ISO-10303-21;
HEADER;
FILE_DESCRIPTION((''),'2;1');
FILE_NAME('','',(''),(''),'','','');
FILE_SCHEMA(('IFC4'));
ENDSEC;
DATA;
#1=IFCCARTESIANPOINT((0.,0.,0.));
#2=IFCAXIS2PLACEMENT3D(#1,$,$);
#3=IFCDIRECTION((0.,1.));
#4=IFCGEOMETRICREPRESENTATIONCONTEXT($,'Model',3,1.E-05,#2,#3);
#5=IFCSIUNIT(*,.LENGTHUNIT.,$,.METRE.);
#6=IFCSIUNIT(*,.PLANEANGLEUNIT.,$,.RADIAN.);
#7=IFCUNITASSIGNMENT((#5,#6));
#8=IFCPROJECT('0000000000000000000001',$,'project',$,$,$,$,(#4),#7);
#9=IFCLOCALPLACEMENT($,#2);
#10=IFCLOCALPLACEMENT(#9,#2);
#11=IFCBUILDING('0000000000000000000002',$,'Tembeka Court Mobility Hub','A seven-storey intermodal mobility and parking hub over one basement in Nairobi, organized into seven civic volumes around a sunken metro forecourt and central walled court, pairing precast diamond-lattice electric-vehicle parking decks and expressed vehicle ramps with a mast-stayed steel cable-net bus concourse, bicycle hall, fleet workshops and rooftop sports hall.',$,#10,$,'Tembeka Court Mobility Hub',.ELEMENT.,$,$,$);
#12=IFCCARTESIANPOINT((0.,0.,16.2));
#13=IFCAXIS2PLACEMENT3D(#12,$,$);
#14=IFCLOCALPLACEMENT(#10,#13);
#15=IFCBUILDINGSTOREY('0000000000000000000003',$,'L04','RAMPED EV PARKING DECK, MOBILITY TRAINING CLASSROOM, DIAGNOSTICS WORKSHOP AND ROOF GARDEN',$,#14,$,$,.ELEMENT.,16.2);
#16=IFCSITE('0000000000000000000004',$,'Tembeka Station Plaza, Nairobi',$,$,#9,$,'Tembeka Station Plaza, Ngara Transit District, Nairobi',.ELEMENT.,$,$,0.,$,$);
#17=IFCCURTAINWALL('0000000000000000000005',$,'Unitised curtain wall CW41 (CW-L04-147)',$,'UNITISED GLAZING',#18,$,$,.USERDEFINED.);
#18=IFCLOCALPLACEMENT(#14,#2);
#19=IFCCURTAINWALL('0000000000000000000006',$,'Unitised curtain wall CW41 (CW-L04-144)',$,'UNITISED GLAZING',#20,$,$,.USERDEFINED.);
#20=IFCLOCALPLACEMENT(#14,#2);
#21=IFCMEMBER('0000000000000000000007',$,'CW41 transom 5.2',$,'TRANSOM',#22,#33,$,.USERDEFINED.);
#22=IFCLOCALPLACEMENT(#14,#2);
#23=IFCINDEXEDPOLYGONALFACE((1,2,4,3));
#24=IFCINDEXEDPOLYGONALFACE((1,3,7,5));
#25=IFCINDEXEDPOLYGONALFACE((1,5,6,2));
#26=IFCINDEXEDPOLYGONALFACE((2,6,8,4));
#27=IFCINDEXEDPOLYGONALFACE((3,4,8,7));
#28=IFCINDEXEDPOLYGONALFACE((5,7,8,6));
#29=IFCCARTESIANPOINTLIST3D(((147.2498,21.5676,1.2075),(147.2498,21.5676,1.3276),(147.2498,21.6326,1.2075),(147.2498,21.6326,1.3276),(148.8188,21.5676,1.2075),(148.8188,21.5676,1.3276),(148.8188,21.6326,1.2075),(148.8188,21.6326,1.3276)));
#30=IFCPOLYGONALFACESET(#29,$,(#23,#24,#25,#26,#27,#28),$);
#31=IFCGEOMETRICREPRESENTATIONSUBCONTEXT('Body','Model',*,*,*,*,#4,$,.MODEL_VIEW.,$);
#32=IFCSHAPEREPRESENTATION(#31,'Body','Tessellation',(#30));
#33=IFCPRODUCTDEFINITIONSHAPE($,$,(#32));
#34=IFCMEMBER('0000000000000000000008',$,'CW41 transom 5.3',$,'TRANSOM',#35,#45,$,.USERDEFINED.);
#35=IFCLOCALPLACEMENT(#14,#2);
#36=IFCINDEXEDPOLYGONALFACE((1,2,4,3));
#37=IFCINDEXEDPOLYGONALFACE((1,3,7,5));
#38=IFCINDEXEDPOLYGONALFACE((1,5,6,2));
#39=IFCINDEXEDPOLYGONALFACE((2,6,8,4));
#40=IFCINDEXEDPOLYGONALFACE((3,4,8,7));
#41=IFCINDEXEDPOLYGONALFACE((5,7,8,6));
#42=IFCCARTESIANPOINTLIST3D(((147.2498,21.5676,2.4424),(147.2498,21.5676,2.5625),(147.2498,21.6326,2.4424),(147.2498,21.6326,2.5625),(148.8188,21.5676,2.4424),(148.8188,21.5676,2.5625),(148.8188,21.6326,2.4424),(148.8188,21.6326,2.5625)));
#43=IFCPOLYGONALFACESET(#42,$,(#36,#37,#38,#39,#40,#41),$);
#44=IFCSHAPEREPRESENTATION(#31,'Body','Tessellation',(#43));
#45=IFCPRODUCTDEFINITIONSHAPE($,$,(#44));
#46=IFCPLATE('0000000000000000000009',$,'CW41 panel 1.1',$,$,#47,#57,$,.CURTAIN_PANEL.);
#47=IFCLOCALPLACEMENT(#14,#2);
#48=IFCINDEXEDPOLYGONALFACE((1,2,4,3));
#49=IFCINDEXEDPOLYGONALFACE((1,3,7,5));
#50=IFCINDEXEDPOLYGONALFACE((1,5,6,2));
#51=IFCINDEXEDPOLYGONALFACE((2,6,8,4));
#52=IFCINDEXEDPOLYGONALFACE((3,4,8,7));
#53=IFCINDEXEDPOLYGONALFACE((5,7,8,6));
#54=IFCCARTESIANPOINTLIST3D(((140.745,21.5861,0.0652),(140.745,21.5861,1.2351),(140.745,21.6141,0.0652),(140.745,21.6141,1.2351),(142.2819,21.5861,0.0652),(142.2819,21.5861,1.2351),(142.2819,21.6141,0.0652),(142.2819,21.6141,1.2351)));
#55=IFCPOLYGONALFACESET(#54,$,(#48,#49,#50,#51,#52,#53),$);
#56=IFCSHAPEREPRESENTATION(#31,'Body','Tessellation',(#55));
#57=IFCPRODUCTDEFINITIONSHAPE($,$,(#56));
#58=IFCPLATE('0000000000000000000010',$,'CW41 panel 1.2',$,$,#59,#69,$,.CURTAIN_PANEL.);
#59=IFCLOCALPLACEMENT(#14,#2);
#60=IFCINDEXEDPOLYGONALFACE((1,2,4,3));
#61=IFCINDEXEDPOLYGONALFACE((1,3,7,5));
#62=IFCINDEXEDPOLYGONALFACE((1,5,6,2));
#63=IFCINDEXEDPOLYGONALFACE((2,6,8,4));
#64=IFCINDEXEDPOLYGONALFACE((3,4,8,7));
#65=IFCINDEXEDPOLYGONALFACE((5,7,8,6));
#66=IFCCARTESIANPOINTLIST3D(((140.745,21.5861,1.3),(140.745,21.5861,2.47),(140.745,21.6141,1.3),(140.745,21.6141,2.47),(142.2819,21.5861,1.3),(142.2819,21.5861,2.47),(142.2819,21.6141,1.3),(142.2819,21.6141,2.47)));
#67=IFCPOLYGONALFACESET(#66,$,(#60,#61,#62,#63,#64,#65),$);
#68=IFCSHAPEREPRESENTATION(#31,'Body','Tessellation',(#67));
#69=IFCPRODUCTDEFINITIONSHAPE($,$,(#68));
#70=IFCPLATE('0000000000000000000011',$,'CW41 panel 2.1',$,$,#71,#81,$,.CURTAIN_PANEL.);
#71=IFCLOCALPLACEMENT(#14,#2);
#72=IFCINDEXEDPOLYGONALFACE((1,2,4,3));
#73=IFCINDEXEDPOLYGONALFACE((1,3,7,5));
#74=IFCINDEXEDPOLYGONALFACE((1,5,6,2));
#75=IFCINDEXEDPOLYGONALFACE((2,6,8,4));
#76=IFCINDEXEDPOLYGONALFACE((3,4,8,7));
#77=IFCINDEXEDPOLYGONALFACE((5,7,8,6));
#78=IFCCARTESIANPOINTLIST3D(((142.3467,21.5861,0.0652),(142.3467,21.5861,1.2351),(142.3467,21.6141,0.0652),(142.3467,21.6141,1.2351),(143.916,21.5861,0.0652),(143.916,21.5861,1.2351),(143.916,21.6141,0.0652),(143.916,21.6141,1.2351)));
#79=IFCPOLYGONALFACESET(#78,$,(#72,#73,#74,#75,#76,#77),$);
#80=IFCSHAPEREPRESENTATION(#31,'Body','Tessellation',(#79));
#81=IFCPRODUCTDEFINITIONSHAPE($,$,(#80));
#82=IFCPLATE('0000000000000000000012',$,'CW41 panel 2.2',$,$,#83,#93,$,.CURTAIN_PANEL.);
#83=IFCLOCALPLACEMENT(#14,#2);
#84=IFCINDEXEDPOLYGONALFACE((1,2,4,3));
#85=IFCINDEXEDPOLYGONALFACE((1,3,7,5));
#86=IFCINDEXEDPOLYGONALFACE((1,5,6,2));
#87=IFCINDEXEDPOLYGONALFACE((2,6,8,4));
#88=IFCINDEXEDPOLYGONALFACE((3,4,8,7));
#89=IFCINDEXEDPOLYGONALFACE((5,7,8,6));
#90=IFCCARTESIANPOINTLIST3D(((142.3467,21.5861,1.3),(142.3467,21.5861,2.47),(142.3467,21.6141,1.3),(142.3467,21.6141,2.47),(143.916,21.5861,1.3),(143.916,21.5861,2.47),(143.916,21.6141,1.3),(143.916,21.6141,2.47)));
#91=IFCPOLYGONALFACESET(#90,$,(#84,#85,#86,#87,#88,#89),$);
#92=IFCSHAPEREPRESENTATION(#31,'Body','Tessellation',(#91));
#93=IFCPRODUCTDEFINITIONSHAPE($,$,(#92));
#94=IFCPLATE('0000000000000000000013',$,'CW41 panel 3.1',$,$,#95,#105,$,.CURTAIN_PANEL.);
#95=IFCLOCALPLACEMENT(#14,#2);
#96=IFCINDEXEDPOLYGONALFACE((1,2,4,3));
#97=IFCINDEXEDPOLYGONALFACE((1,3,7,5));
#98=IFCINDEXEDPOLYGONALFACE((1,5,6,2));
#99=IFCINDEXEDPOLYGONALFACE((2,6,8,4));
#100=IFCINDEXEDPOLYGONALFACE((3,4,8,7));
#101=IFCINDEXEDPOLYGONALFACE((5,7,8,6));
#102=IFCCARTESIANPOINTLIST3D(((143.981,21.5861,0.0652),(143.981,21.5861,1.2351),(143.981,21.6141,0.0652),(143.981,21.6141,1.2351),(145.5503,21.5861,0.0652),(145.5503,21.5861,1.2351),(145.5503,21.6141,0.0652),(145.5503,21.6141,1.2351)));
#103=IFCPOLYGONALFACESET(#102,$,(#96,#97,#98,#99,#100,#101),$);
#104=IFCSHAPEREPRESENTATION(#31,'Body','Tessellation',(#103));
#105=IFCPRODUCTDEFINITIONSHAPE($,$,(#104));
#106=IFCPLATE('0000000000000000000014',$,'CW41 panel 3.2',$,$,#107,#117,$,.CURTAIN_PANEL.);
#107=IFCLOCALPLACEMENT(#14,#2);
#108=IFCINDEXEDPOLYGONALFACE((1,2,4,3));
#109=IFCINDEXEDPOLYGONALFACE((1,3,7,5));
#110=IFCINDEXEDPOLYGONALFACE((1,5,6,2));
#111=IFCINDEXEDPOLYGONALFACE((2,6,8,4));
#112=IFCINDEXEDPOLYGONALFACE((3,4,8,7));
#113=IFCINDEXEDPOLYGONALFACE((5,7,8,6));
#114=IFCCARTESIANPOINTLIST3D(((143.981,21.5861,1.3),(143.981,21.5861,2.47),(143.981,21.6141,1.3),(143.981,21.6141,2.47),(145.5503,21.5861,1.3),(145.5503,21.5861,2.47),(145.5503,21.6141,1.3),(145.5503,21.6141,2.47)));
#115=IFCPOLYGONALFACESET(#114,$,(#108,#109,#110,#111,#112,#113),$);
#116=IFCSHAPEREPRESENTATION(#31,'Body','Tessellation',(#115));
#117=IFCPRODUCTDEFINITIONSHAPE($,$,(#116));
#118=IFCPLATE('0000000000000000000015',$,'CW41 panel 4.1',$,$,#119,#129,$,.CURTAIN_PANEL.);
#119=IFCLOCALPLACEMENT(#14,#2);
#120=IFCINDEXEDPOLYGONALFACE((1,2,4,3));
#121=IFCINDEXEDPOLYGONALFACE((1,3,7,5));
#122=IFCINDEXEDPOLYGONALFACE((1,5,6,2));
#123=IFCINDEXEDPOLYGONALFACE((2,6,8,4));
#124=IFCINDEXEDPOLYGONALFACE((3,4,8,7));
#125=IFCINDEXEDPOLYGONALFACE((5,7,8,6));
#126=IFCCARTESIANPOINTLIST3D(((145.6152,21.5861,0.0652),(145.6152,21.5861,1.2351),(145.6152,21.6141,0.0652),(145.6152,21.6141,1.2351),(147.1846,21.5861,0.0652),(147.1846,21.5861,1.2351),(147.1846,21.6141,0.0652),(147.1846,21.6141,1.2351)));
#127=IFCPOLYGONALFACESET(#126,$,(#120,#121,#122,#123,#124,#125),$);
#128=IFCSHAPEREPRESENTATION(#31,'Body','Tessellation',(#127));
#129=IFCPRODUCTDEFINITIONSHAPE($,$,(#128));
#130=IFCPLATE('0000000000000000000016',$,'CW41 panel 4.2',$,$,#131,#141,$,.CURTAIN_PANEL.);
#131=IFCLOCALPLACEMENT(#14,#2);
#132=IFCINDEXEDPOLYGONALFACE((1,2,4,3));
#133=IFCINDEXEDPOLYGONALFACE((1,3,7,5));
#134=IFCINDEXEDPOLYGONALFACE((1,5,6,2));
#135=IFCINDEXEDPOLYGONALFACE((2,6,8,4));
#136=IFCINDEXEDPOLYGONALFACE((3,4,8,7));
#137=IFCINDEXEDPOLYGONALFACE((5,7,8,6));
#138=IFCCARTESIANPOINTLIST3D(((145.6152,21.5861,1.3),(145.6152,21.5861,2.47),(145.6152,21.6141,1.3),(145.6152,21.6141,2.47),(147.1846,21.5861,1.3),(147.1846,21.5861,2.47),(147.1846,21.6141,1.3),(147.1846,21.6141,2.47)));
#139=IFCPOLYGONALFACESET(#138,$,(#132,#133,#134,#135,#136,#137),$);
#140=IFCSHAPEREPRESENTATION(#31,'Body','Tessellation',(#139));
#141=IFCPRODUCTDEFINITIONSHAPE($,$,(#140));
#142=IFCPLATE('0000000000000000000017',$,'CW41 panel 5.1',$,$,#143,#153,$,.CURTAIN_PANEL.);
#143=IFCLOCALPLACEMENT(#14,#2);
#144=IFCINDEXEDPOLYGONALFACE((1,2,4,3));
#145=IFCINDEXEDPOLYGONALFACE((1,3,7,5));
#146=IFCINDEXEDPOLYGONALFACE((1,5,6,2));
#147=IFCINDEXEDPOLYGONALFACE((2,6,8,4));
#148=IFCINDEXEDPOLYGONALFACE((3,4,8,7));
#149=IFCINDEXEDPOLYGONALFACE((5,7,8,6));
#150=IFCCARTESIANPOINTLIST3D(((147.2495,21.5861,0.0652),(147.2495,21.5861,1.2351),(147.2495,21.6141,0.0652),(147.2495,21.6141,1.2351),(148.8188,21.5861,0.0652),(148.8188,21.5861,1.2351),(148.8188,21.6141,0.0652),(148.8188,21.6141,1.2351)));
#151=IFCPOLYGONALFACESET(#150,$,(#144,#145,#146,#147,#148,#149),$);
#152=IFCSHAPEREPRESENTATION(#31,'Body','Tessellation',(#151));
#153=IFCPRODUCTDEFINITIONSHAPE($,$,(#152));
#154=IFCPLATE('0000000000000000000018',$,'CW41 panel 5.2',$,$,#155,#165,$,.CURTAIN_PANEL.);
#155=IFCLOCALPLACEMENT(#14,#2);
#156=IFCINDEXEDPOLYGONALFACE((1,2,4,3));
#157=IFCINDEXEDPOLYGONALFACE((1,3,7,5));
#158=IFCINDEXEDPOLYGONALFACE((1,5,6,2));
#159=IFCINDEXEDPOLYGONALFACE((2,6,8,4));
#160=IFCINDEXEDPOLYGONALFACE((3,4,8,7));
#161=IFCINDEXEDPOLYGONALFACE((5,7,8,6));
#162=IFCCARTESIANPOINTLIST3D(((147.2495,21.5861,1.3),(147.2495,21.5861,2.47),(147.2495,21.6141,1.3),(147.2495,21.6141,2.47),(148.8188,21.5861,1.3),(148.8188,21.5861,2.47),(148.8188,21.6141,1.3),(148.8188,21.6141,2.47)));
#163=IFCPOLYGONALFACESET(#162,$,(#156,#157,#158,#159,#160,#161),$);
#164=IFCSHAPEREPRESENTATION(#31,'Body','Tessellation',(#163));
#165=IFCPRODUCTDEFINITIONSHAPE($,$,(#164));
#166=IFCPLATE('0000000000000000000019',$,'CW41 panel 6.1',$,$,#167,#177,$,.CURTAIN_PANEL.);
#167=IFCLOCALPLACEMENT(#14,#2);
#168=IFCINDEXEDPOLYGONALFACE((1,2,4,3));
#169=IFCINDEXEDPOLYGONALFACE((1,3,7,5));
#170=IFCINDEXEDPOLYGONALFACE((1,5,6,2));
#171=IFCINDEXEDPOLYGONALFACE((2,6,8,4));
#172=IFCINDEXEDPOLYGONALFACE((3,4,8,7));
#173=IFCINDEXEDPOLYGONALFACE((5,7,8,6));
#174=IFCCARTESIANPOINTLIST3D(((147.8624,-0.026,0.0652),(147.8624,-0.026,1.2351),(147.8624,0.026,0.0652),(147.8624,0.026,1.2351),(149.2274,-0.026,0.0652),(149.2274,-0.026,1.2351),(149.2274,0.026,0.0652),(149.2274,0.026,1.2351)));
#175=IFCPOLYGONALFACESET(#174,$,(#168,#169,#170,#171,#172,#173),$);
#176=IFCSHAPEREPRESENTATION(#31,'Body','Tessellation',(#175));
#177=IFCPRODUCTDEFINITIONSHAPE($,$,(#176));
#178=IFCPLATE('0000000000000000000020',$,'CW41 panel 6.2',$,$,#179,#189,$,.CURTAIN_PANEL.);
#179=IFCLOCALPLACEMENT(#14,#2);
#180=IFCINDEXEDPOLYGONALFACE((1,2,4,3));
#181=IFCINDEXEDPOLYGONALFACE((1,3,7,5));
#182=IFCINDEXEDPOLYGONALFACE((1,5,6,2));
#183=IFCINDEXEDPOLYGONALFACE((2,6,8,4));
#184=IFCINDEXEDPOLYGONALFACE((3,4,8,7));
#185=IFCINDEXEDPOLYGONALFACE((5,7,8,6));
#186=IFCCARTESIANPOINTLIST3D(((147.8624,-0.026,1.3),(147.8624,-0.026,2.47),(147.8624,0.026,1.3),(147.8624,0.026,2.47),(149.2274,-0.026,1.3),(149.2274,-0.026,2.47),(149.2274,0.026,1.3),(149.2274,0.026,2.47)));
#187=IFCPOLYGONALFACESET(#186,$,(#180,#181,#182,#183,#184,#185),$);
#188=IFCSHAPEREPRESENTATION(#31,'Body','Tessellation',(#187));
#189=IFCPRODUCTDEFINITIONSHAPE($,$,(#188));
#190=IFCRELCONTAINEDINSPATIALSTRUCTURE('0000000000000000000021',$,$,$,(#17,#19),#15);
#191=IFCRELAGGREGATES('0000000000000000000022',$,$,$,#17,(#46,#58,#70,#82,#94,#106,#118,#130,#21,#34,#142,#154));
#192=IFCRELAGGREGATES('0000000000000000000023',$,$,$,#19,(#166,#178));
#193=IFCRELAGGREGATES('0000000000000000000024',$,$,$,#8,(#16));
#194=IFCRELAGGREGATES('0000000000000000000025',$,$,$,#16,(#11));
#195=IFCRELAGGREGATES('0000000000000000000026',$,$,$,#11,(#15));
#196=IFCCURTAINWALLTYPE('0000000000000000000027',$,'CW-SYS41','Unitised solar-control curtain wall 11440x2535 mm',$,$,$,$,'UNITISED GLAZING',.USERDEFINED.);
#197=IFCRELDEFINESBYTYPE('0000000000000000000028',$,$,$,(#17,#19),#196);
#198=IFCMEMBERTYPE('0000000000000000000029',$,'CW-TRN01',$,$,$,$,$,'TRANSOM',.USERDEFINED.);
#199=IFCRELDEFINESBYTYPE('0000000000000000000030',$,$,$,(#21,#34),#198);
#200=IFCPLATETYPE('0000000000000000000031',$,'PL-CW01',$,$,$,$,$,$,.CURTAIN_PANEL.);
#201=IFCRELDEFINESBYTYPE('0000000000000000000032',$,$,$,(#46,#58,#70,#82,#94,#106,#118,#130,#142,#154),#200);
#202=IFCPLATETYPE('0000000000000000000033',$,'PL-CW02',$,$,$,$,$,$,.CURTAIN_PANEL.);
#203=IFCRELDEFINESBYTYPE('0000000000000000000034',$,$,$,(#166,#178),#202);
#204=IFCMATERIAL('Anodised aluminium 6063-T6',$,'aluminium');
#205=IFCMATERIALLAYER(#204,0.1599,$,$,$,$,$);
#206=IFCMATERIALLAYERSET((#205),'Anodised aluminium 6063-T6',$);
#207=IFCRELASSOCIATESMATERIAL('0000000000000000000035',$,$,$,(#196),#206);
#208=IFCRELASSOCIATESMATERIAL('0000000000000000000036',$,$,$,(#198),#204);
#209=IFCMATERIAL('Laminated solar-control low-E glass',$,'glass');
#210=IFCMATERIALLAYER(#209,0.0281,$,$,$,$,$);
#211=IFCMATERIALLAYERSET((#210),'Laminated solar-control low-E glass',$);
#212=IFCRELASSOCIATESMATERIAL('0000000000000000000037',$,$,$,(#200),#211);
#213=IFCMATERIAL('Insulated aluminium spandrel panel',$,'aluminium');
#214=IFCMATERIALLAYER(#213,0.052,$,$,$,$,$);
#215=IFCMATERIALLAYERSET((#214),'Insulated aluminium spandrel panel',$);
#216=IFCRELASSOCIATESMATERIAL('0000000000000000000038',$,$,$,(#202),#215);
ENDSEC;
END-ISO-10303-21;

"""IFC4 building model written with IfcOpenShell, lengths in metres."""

from ifc_helpers import new_model, si_unit, direction, frame, origin, origin_2d, place, context, subcontext, project, spatial, rectangle, extrude, material, layer, layer_set, material_profile, profile_set, type_object, element, aggregate, save


model = new_model("IFC4")

# Units and contexts
model_context = context("Model", 3, precision=1e-05, world=origin(), true_north=direction((0.0, 1.0)))
body_context = subcontext(model_context, "Body", "Model", "MODEL_VIEW")
ifc_project = project(units=[si_unit("LENGTHUNIT", "METRE"), si_unit("PLANEANGLEUNIT", "RADIAN")], contexts=[model_context])

# Site, building, storey
site_placement = place(None, origin())
site = spatial("IfcSite", under=ifc_project, at=site_placement, Name="Tembeka Station Plaza, Nairobi", LongName="Tembeka Station Plaza, Ngara Transit District, Nairobi", CompositionType="ELEMENT", RefElevation=0.0)
building_placement = place(site_placement, origin())
building = spatial("IfcBuilding", under=site, at=building_placement, Name="Tembeka Court Mobility Hub", Description="A seven-storey intermodal mobility and parking hub over one basement in Nairobi, organized into seven civic volumes around a sunken metro forecourt and central walled court, pairing precast diamond-lattice electric-vehicle parking decks and expressed vehicle ramps with a mast-stayed steel cable-net bus concourse, bicycle hall, fleet workshops and rooftop sports hall.", LongName="Tembeka Court Mobility Hub", CompositionType="ELEMENT")
storey_placement = place(building_placement, frame((0.0, 0.0, 16.2)))
storey = spatial("IfcBuildingStorey", under=building, at=storey_placement, Name="L04", Description="RAMPED EV PARKING DECK, MOBILITY TRAINING CLASSROOM, DIAGNOSTICS WORKSHOP AND ROOF GARDEN", CompositionType="ELEMENT", Elevation=16.2)

# Curtain wall
ifc_material_1 = material(Name="Anodised aluminium 6063-T6", Category="aluminium")
ifc_layer_1 = layer(ifc_material_1, 0.1599)
ifc_layer_set_1 = layer_set([ifc_layer_1], Name="Anodised aluminium 6063-T6")
curtain_wall_type = type_object("IfcCurtainWallType", Name="CW-SYS41", Description="Unitised solar-control curtain wall 11440x2535 mm", ElementType="UNITISED GLAZING", PredefinedType="USERDEFINED", material=ifc_layer_set_1)
curtain_wall_1_placement = place(storey_placement, origin())
curtain_wall_1 = element("IfcCurtainWall", 1, at=curtain_wall_1_placement, inside=storey, type_object=curtain_wall_type, Name="Unitised curtain wall CW41 (CW-L04-147)", ObjectType="UNITISED GLAZING", PredefinedType="USERDEFINED")

# Curtain wall
curtain_wall_2_placement = place(storey_placement, origin())
curtain_wall_2 = element("IfcCurtainWall", 2, at=curtain_wall_2_placement, inside=storey, type_object=curtain_wall_type, Name="Unitised curtain wall CW41 (CW-L04-144)", ObjectType="UNITISED GLAZING", PredefinedType="USERDEFINED")
ifc_material_profile_1 = material_profile(ifc_material_1, rectangle(XDim=0.0649, YDim=0.1201, at=origin_2d()), Name="ALU-TRN 65x120")
ifc_profile_set_1 = profile_set([ifc_material_profile_1], Name="Anodised aluminium 6063-T6")
member_type_1 = type_object("IfcMemberType", Name="CW-TRN01", ElementType="TRANSOM", PredefinedType="USERDEFINED", material=ifc_profile_set_1)

# Members
member_1_placement = place(storey_placement, frame((147.2498, 21.6001, 1.2676), z_axis=(1.0, 0.0, 0.0), x_axis=(0.0, 1.0, 0.0)))
member_1 = element("IfcMember", 3, at=member_1_placement, type_object=member_type_1, Name="CW41 transom 5.2", ObjectType="TRANSOM", PredefinedType="USERDEFINED", context=body_context, shape_type="SweptSolid", body=[
    extrude(rectangle(XDim=0.0649, YDim=0.1201, at=origin_2d()), origin(), (0.0, 0.0, 1.0), 1.5691),
])
member_2_placement = place(storey_placement, frame((147.2498, 21.6001, 2.5024), z_axis=(1.0, 0.0, 0.0), x_axis=(0.0, 1.0, 0.0)))
member_2 = element("IfcMember", 4, at=member_2_placement, type_object=member_type_1, Name="CW41 transom 5.3", ObjectType="TRANSOM", PredefinedType="USERDEFINED", context=body_context, shape_type="SweptSolid", body=[
    extrude(rectangle(XDim=0.0649, YDim=0.1201, at=origin_2d()), origin(), (0.0, 0.0, 1.0), 1.5691),
])

# Plates
ifc_material_2 = material(Name="Laminated solar-control low-E glass", Category="glass")
ifc_layer_2 = layer(ifc_material_2, 0.0281)
ifc_layer_set_2 = layer_set([ifc_layer_2], Name="Laminated solar-control low-E glass")
plate_type_1 = type_object("IfcPlateType", Name="PL-CW01", PredefinedType="CURTAIN_PANEL", material=ifc_layer_set_2)
plate_1_placement = place(storey_placement, frame((141.5134, 21.6001, 0.0652), z_axis=(0.0, 0.0, 1.0), x_axis=(1.0, 0.0, 0.0)))
plate_1 = element("IfcPlate", 5, at=plate_1_placement, type_object=plate_type_1, Name="CW41 panel 1.1", PredefinedType="CURTAIN_PANEL", context=body_context, shape_type="SweptSolid", body=[
    extrude(rectangle(XDim=1.5369, YDim=0.0281, at=origin_2d()), origin(), (0.0, 0.0, 1.0), 1.1699),
])
plate_2_placement = place(storey_placement, frame((141.5134, 21.6001, 1.3), z_axis=(0.0, 0.0, 1.0), x_axis=(1.0, 0.0, 0.0)))
plate_2 = element("IfcPlate", 6, at=plate_2_placement, type_object=plate_type_1, Name="CW41 panel 1.2", PredefinedType="CURTAIN_PANEL", context=body_context, shape_type="SweptSolid", body=[
    extrude(rectangle(XDim=1.5369, YDim=0.0281, at=origin_2d()), origin(), (0.0, 0.0, 1.0), 1.1699),
])
plate_3_placement = place(storey_placement, frame((143.1313, 21.6001, 0.0652), z_axis=(0.0, 0.0, 1.0), x_axis=(1.0, 0.0, 0.0)))
plate_3 = element("IfcPlate", 7, at=plate_3_placement, type_object=plate_type_1, Name="CW41 panel 2.1", PredefinedType="CURTAIN_PANEL", context=body_context, shape_type="SweptSolid", body=[
    extrude(rectangle(XDim=1.5693, YDim=0.0281, at=origin_2d()), origin(), (0.0, 0.0, 1.0), 1.1699),
])
plate_4_placement = place(storey_placement, frame((143.1313, 21.6001, 1.3), z_axis=(0.0, 0.0, 1.0), x_axis=(1.0, 0.0, 0.0)))
plate_4 = element("IfcPlate", 8, at=plate_4_placement, type_object=plate_type_1, Name="CW41 panel 2.2", PredefinedType="CURTAIN_PANEL", context=body_context, shape_type="SweptSolid", body=[
    extrude(rectangle(XDim=1.5693, YDim=0.0281, at=origin_2d()), origin(), (0.0, 0.0, 1.0), 1.1699),
])
plate_5_placement = place(storey_placement, frame((144.7656, 21.6001, 0.0652), z_axis=(0.0, 0.0, 1.0), x_axis=(1.0, 0.0, 0.0)))
plate_5 = element("IfcPlate", 9, at=plate_5_placement, type_object=plate_type_1, Name="CW41 panel 3.1", PredefinedType="CURTAIN_PANEL", context=body_context, shape_type="SweptSolid", body=[
    extrude(rectangle(XDim=1.5693, YDim=0.0281, at=origin_2d()), origin(), (0.0, 0.0, 1.0), 1.1699),
])
plate_6_placement = place(storey_placement, frame((144.7656, 21.6001, 1.3), z_axis=(0.0, 0.0, 1.0), x_axis=(1.0, 0.0, 0.0)))
plate_6 = element("IfcPlate", 10, at=plate_6_placement, type_object=plate_type_1, Name="CW41 panel 3.2", PredefinedType="CURTAIN_PANEL", context=body_context, shape_type="SweptSolid", body=[
    extrude(rectangle(XDim=1.5693, YDim=0.0281, at=origin_2d()), origin(), (0.0, 0.0, 1.0), 1.1699),
])
plate_7_placement = place(storey_placement, frame((146.3999, 21.6001, 0.0652), z_axis=(0.0, 0.0, 1.0), x_axis=(1.0, 0.0, 0.0)))
plate_7 = element("IfcPlate", 11, at=plate_7_placement, type_object=plate_type_1, Name="CW41 panel 4.1", PredefinedType="CURTAIN_PANEL", context=body_context, shape_type="SweptSolid", body=[
    extrude(rectangle(XDim=1.5693, YDim=0.0281, at=origin_2d()), origin(), (0.0, 0.0, 1.0), 1.1699),
])
plate_8_placement = place(storey_placement, frame((146.3999, 21.6001, 1.3), z_axis=(0.0, 0.0, 1.0), x_axis=(1.0, 0.0, 0.0)))
plate_8 = element("IfcPlate", 12, at=plate_8_placement, type_object=plate_type_1, Name="CW41 panel 4.2", PredefinedType="CURTAIN_PANEL", context=body_context, shape_type="SweptSolid", body=[
    extrude(rectangle(XDim=1.5693, YDim=0.0281, at=origin_2d()), origin(), (0.0, 0.0, 1.0), 1.1699),
])
plate_9_placement = place(storey_placement, frame((148.0342, 21.6001, 0.0652), z_axis=(0.0, 0.0, 1.0), x_axis=(1.0, 0.0, 0.0)))
plate_9 = element("IfcPlate", 13, at=plate_9_placement, type_object=plate_type_1, Name="CW41 panel 5.1", PredefinedType="CURTAIN_PANEL", context=body_context, shape_type="SweptSolid", body=[
    extrude(rectangle(XDim=1.5693, YDim=0.0281, at=origin_2d()), origin(), (0.0, 0.0, 1.0), 1.1699),
])
plate_10_placement = place(storey_placement, frame((148.0342, 21.6001, 1.3), z_axis=(0.0, 0.0, 1.0), x_axis=(1.0, 0.0, 0.0)))
plate_10 = element("IfcPlate", 14, at=plate_10_placement, type_object=plate_type_1, Name="CW41 panel 5.2", PredefinedType="CURTAIN_PANEL", context=body_context, shape_type="SweptSolid", body=[
    extrude(rectangle(XDim=1.5693, YDim=0.0281, at=origin_2d()), origin(), (0.0, 0.0, 1.0), 1.1699),
])
aggregate(curtain_wall_1, [plate_1, plate_2, plate_3, plate_4, plate_5, plate_6, plate_7, plate_8, member_1, member_2, plate_9, plate_10])
ifc_material_3 = material(Name="Insulated aluminium spandrel panel", Category="aluminium")
ifc_layer_3 = layer(ifc_material_3, 0.052)
ifc_layer_set_3 = layer_set([ifc_layer_3], Name="Insulated aluminium spandrel panel")
plate_type_2 = type_object("IfcPlateType", Name="PL-CW02", PredefinedType="CURTAIN_PANEL", material=ifc_layer_set_3)
plate_11_placement = place(storey_placement, frame((148.5449, 0.0, 0.0652), z_axis=(0.0, 0.0, 1.0), x_axis=(1.0, 0.0, 0.0)))
plate_11 = element("IfcPlate", 15, at=plate_11_placement, type_object=plate_type_2, Name="CW41 panel 6.1", PredefinedType="CURTAIN_PANEL", context=body_context, shape_type="SweptSolid", body=[
    extrude(rectangle(XDim=1.365, YDim=0.052, at=origin_2d()), origin(), (0.0, 0.0, 1.0), 1.1699),
])
plate_12_placement = place(storey_placement, frame((148.5449, 0.0, 1.3), z_axis=(0.0, 0.0, 1.0), x_axis=(1.0, 0.0, 0.0)))
plate_12 = element("IfcPlate", 16, at=plate_12_placement, type_object=plate_type_2, Name="CW41 panel 6.2", PredefinedType="CURTAIN_PANEL", context=body_context, shape_type="SweptSolid", body=[
    extrude(rectangle(XDim=1.365, YDim=0.052, at=origin_2d()), origin(), (0.0, 0.0, 1.0), 1.1699),
])
aggregate(curtain_wall_2, [plate_11, plate_12])

save(model, "model.ifc")
